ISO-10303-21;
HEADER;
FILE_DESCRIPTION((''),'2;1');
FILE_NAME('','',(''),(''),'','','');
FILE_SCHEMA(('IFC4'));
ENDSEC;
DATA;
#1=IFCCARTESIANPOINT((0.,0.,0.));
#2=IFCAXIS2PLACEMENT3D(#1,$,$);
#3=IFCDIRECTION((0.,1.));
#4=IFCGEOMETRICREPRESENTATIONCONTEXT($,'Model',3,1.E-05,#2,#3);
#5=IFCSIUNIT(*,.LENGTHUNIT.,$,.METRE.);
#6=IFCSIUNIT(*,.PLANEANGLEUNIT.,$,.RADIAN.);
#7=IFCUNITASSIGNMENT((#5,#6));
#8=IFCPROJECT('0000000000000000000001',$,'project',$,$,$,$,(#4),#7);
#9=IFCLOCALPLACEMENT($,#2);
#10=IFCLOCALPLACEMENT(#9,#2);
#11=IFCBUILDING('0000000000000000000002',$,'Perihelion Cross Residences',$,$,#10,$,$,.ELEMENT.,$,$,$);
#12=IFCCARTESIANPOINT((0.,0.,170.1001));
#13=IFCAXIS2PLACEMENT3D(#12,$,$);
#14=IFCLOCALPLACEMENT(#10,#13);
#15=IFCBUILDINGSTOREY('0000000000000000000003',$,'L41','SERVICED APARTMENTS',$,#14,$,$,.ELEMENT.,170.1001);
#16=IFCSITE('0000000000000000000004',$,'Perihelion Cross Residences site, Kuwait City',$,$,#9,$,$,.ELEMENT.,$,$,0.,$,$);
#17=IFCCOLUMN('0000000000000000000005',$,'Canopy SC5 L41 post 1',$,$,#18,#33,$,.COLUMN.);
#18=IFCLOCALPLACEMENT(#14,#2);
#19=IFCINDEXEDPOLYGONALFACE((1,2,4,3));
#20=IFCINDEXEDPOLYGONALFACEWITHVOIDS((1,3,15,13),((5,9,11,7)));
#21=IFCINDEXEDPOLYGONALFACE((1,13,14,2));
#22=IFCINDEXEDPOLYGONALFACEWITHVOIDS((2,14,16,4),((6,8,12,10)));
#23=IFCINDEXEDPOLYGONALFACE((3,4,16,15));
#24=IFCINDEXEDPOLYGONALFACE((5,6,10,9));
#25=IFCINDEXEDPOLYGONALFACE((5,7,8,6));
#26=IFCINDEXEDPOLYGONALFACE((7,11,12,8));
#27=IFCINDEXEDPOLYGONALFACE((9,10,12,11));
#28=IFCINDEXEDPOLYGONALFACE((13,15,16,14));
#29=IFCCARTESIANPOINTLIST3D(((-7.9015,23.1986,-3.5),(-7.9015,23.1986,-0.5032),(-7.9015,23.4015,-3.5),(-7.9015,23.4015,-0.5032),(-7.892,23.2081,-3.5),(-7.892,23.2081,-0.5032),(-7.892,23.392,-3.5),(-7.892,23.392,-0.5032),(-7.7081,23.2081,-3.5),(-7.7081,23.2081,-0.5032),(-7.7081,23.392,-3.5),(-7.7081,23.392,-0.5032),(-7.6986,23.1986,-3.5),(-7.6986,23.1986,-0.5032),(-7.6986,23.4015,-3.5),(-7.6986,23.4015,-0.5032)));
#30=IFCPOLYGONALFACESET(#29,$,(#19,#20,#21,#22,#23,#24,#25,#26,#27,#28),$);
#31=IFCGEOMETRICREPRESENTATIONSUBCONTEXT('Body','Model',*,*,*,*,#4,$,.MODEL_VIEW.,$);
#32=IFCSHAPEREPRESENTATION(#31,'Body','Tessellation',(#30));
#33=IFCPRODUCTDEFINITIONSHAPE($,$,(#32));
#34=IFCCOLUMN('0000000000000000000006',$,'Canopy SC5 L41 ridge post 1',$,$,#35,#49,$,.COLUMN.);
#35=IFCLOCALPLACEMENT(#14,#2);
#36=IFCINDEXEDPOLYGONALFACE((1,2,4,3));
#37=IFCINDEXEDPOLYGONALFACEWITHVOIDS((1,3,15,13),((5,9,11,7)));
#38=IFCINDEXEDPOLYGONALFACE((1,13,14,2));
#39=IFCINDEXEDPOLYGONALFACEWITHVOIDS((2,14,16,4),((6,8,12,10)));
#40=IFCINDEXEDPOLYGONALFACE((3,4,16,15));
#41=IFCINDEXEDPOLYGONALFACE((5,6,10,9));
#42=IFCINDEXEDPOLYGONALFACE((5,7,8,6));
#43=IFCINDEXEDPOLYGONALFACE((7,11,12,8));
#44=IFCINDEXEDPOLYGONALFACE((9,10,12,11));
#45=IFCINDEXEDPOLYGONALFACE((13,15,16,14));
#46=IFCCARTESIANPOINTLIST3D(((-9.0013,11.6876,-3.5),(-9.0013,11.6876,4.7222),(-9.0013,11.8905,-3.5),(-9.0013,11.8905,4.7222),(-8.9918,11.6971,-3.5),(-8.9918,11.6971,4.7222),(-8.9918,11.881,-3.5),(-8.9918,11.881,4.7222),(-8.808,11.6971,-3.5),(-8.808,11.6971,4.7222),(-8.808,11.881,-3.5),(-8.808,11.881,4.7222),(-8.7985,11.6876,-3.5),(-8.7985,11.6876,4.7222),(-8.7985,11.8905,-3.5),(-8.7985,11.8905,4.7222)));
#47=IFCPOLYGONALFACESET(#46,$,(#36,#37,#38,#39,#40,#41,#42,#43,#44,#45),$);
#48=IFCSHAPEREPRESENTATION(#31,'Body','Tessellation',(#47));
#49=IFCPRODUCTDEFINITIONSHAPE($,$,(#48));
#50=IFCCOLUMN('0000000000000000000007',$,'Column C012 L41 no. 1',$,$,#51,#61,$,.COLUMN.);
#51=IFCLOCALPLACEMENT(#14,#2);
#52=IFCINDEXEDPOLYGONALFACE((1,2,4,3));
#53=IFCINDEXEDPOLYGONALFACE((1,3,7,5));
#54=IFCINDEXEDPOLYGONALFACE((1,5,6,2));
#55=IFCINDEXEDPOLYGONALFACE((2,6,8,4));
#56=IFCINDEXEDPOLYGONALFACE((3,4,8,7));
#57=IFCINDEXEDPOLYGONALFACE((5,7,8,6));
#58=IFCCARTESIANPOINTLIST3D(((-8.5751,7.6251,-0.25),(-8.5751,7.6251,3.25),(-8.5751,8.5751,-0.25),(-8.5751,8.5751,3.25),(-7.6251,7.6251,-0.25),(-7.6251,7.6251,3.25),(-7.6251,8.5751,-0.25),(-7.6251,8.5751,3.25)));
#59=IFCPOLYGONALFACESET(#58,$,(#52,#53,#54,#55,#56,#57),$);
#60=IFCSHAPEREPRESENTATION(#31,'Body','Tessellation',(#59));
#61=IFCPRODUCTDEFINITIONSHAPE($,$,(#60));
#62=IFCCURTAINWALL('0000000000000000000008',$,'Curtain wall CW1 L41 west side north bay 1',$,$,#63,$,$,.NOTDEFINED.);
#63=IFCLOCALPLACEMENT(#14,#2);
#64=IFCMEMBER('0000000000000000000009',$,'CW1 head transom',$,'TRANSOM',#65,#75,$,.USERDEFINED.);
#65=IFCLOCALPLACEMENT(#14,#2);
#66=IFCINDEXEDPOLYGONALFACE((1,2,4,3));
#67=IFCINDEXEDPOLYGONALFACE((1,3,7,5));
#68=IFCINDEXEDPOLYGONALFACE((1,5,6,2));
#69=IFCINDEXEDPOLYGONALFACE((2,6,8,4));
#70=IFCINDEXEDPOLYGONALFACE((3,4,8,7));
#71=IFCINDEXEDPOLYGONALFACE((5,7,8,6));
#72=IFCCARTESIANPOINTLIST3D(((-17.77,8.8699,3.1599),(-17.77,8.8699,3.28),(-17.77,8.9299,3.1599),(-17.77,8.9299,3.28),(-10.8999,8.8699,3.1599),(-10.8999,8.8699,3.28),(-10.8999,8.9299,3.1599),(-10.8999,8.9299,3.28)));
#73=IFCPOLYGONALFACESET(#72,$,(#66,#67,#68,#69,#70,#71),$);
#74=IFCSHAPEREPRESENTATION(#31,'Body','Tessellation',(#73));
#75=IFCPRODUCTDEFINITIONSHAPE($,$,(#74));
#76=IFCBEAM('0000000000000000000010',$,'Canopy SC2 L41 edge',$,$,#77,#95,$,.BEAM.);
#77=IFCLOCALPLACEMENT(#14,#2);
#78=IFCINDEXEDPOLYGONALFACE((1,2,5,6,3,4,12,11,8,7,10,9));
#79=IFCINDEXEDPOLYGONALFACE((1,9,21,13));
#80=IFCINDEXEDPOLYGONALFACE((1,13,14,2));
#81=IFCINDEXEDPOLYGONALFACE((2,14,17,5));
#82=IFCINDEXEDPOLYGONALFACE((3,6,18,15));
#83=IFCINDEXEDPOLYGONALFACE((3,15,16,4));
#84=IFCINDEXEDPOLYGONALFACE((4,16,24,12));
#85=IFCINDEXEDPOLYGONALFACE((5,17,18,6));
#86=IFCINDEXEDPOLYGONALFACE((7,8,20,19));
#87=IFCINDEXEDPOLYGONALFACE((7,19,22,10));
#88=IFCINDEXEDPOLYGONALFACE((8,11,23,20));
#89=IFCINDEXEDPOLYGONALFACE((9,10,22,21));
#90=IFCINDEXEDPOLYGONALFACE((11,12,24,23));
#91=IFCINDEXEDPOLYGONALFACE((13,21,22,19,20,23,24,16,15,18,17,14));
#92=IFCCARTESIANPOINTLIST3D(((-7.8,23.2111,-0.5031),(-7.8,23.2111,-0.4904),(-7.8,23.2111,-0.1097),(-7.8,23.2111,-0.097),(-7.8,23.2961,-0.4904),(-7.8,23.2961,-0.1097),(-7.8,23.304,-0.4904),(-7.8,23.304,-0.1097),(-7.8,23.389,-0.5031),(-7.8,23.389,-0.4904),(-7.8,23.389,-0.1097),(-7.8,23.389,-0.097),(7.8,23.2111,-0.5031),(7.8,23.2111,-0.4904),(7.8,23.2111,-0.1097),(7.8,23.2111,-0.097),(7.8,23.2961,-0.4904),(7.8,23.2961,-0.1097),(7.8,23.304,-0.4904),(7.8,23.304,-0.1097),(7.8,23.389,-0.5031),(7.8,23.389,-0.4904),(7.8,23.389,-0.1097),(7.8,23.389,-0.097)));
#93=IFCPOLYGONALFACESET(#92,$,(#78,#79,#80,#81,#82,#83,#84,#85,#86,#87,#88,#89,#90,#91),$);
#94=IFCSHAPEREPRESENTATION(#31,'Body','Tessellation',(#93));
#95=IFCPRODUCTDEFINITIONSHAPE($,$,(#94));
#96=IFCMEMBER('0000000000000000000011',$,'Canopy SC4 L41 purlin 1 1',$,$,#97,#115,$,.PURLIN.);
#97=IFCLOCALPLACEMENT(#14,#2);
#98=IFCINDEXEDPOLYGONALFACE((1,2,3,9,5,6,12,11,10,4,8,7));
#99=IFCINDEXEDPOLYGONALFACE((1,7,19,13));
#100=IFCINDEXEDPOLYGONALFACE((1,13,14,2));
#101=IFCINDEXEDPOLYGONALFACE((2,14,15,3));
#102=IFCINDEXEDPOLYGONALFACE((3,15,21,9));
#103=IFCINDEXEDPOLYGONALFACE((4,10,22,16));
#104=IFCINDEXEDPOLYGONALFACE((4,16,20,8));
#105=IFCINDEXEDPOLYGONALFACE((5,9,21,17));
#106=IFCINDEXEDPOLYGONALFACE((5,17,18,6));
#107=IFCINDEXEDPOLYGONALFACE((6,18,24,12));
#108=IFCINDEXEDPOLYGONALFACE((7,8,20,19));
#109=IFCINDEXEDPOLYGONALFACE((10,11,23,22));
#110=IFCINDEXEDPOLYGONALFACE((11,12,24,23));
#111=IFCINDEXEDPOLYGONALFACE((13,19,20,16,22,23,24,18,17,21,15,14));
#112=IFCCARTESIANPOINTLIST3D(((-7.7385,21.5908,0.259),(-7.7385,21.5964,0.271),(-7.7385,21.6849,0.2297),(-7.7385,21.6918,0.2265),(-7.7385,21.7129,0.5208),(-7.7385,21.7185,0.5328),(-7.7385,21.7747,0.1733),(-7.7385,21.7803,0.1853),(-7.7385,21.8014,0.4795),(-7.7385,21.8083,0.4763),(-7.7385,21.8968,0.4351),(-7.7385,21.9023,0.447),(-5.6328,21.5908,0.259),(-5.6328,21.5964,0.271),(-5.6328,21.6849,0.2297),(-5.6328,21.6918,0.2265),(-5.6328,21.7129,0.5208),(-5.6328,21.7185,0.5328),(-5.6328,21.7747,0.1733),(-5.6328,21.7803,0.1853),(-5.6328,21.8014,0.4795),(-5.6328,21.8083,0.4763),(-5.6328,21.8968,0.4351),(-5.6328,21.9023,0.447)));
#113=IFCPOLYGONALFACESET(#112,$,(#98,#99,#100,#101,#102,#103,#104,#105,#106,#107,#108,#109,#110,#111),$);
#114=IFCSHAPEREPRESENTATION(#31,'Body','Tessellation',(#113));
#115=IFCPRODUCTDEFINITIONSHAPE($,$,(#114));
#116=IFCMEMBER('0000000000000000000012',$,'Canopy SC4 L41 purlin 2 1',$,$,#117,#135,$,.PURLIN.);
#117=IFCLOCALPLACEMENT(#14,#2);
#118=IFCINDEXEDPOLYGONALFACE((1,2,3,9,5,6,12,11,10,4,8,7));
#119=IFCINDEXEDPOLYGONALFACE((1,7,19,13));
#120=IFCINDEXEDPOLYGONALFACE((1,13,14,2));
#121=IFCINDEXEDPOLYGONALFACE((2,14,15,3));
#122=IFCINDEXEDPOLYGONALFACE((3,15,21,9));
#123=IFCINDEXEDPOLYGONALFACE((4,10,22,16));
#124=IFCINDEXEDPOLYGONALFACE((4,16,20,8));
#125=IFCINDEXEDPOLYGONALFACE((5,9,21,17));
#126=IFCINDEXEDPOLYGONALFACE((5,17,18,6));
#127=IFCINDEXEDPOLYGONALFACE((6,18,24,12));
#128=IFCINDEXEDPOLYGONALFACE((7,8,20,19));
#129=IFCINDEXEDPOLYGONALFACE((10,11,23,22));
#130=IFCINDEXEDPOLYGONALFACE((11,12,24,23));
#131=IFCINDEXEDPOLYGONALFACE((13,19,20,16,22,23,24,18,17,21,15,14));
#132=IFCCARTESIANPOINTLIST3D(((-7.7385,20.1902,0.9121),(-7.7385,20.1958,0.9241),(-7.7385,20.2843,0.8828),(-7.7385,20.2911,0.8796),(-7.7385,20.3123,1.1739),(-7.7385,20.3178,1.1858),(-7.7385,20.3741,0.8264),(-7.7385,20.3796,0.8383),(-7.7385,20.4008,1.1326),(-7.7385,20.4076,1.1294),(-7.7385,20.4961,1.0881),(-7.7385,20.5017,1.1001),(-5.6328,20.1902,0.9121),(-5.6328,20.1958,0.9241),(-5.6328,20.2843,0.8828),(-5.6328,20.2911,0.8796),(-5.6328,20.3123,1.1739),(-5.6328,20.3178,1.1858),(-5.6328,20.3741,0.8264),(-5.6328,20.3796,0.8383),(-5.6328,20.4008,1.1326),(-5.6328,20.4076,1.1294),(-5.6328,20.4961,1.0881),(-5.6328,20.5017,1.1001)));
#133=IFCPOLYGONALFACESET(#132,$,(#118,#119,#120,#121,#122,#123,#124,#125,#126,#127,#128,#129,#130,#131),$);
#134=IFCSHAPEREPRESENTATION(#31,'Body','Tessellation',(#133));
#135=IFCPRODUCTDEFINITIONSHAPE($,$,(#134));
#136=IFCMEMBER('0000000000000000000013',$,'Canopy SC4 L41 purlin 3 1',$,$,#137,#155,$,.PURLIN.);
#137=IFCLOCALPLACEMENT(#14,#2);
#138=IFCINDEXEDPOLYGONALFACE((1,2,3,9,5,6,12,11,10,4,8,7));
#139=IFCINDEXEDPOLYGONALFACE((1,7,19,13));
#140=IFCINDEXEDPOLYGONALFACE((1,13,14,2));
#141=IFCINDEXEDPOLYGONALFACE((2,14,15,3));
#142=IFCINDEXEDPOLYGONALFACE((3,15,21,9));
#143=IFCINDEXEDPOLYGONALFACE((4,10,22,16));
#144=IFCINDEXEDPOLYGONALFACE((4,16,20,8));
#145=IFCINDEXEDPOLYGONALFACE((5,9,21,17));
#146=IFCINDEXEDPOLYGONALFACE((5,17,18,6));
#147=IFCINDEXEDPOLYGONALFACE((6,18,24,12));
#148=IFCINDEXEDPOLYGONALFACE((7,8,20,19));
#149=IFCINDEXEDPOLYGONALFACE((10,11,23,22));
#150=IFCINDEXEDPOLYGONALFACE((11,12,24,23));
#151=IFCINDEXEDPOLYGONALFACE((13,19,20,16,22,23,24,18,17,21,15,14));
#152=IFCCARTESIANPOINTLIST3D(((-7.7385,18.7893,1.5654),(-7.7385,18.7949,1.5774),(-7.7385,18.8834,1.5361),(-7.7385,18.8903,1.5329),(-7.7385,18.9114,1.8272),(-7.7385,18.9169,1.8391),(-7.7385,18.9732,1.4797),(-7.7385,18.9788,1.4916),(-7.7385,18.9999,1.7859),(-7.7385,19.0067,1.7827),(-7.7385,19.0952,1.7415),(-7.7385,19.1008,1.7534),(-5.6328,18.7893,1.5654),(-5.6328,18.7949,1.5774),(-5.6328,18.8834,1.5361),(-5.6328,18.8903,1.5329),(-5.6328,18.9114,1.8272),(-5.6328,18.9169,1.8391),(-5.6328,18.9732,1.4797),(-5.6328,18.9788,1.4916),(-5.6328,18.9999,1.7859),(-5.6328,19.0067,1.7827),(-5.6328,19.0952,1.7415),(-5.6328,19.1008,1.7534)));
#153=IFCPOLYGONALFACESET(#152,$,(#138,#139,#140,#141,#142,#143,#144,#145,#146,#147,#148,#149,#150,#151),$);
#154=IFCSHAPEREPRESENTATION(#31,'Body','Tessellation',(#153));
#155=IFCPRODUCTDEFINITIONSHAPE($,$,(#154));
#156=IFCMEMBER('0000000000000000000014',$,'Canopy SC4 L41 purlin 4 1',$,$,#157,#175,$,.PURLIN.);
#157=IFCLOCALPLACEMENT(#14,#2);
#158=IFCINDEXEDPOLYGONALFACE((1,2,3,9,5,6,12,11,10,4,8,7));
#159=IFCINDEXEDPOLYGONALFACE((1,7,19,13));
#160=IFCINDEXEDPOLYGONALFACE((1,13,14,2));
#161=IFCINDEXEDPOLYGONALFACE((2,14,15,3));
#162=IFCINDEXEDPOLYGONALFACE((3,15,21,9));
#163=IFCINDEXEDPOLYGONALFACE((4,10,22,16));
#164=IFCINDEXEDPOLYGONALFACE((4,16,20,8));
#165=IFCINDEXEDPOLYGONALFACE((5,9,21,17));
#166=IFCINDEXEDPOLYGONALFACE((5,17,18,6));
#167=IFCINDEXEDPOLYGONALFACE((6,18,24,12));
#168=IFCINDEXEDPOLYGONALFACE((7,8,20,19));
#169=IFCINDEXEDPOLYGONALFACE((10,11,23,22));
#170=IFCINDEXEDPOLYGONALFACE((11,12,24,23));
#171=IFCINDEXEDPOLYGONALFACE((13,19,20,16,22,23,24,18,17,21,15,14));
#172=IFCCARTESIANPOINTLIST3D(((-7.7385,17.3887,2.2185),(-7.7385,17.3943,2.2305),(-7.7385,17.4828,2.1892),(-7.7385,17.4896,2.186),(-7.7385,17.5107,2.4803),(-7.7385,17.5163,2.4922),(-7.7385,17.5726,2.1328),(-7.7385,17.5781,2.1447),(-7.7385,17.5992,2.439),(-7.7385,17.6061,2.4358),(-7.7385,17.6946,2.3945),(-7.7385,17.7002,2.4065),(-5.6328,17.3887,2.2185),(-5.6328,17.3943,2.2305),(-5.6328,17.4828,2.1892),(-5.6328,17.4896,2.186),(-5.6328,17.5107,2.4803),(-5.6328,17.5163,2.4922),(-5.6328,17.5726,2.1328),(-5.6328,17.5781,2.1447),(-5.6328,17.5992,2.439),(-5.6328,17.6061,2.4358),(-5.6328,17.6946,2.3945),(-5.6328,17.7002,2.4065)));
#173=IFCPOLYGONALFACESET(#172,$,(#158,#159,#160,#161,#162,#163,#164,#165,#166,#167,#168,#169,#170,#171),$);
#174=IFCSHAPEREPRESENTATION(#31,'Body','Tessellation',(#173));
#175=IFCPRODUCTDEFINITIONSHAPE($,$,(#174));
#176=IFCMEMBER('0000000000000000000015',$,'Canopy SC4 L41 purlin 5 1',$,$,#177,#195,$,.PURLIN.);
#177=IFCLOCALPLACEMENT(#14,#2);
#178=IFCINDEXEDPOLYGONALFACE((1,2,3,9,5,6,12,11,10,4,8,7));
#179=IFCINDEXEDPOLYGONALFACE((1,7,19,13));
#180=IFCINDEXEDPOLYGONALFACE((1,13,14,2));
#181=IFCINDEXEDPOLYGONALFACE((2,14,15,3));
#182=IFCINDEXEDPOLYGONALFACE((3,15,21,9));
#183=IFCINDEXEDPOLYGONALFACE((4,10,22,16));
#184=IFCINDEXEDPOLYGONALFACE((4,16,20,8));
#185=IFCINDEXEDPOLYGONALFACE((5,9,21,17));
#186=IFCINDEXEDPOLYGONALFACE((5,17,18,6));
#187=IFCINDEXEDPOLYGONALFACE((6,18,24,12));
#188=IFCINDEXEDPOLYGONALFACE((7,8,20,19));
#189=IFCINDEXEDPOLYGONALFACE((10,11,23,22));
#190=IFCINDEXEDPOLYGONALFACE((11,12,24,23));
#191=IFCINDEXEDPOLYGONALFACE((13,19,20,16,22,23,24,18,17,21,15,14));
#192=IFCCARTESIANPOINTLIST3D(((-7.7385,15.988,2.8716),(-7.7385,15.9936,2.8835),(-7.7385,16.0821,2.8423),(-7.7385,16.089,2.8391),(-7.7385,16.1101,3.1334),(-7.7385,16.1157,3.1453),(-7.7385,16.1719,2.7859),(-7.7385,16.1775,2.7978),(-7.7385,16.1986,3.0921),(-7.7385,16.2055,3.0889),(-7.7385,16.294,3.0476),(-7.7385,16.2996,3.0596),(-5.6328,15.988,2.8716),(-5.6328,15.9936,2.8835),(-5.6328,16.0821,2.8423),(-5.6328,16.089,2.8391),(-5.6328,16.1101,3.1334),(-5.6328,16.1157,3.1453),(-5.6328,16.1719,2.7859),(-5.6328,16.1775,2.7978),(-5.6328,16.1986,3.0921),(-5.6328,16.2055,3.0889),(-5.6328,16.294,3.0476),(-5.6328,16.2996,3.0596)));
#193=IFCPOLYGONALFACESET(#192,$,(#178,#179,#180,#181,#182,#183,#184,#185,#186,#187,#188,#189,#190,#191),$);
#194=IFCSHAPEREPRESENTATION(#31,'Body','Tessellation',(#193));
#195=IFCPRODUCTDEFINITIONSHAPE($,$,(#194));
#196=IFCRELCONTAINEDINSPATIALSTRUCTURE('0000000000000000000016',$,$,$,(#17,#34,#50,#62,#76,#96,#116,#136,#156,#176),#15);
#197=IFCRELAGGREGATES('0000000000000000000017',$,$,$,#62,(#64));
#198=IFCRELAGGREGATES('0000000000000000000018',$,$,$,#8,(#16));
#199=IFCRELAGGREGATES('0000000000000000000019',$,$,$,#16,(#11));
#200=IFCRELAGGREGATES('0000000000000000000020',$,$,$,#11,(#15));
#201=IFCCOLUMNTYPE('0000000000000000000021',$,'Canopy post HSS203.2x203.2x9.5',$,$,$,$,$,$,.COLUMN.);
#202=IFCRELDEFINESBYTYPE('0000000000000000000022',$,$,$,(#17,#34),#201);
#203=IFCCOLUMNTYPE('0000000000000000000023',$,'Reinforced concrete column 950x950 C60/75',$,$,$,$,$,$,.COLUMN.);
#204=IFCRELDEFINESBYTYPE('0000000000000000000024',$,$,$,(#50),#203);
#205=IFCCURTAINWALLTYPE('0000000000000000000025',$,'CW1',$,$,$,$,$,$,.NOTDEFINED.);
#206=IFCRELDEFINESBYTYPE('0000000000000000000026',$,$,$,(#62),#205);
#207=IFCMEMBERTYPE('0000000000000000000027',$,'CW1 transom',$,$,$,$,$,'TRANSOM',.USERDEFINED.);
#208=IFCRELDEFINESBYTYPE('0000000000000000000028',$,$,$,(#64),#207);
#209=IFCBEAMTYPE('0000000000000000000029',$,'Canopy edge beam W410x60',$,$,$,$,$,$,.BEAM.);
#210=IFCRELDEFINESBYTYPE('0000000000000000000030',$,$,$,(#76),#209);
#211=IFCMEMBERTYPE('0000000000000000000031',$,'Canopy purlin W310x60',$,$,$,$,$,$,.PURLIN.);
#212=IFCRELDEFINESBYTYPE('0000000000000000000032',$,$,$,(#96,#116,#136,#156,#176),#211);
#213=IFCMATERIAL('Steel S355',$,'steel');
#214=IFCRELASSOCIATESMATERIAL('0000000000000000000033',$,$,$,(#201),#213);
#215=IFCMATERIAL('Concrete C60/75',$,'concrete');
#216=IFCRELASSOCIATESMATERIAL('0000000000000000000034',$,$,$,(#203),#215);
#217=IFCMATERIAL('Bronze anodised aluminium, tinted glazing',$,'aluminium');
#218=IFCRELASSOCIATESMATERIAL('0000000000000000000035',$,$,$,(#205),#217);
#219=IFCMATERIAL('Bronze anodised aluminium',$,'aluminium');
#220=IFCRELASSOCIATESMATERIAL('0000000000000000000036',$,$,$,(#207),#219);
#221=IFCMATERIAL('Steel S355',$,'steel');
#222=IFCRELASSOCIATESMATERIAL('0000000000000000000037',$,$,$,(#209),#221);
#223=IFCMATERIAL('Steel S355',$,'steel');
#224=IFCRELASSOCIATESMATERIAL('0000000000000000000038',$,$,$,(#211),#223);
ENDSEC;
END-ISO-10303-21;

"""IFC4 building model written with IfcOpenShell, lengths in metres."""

from ifc_helpers import new_model, si_unit, direction, frame, origin, origin_2d, place, context, subcontext, project, spatial, rectangle, hollow_rectangle, i_section, extrude, material, material_profile, profile_set, type_object, element, aggregate, save


model = new_model("IFC4")

# Units and contexts
model_context = context("Model", 3, precision=1e-05, world=origin(), true_north=direction((0.0, 1.0)))
body_context = subcontext(model_context, "Body", "Model", "MODEL_VIEW")
ifc_project = project(units=[si_unit("LENGTHUNIT", "METRE"), si_unit("PLANEANGLEUNIT", "RADIAN")], contexts=[model_context])

# Site, building, storey
site_placement = place(None, origin())
site = spatial("IfcSite", under=ifc_project, at=site_placement, Name="Perihelion Cross Residences site, Kuwait City", CompositionType="ELEMENT", RefElevation=0.0)
building_placement = place(site_placement, origin())
building = spatial("IfcBuilding", under=site, at=building_placement, Name="Perihelion Cross Residences", CompositionType="ELEMENT")
storey_placement = place(building_placement, frame((0.0, 0.0, 170.1001)))
storey = spatial("IfcBuildingStorey", under=building, at=storey_placement, Name="L41", Description="SERVICED APARTMENTS", CompositionType="ELEMENT", Elevation=170.1001)

# Columns
ifc_material_1 = material(Name="Steel S355", Category="steel")
ifc_material_profile_1 = material_profile(ifc_material_1, hollow_rectangle(XDim=0.2029, YDim=0.2029, WallThickness=0.0095, at=origin_2d()), Name="HSS203.2x203.2x9.5")
ifc_profile_set_1 = profile_set([ifc_material_profile_1], Name="Steel S355")
column_type_1 = type_object("IfcColumnType", Name="Canopy post HSS203.2x203.2x9.5", PredefinedType="COLUMN", material=ifc_profile_set_1)
column_1_placement = place(storey_placement, frame((-7.8, 23.3, -3.5), z_axis=(0.0, 0.0, 1.0), x_axis=(1.0, 0.0, 0.0)))
element("IfcColumn", 1, at=column_1_placement, inside=storey, type_object=column_type_1, Name="Canopy SC5 L41 post 1", PredefinedType="COLUMN", context=body_context, shape_type="SweptSolid", body=[
    extrude(hollow_rectangle(XDim=0.2029, YDim=0.2029, WallThickness=0.0095, at=origin_2d()), origin(), (0.0, 0.0, 1.0), 2.9968),
])
column_2_placement = place(storey_placement, frame((-8.8999, 11.7891, -3.5), z_axis=(0.0, 0.0, 1.0), x_axis=(1.0, 0.0, 0.0)))
element("IfcColumn", 2, at=column_2_placement, inside=storey, type_object=column_type_1, Name="Canopy SC5 L41 ridge post 1", PredefinedType="COLUMN", context=body_context, shape_type="SweptSolid", body=[
    extrude(hollow_rectangle(XDim=0.2029, YDim=0.2029, WallThickness=0.0095, at=origin_2d()), origin(), (0.0, 0.0, 1.0), 8.2222),
])
ifc_material_2 = material(Name="Concrete C60/75", Category="concrete")
ifc_material_profile_2 = material_profile(ifc_material_2, rectangle(XDim=0.95, YDim=0.95, at=origin_2d()), Name="RC 950x950")
ifc_profile_set_2 = profile_set([ifc_material_profile_2], Name="Concrete C60/75")
column_type_2 = type_object("IfcColumnType", Name="Reinforced concrete column 950x950 C60/75", PredefinedType="COLUMN", material=ifc_profile_set_2)
column_3_placement = place(storey_placement, frame((-8.1001, 8.1001, -0.25), z_axis=(0.0, 0.0, 1.0), x_axis=(1.0, 0.0, 0.0)))
element("IfcColumn", 3, at=column_3_placement, inside=storey, type_object=column_type_2, Name="Column C012 L41 no. 1", PredefinedType="COLUMN", context=body_context, shape_type="SweptSolid", body=[
    extrude(rectangle(XDim=0.95, YDim=0.95, at=origin_2d()), origin(), (0.0, 0.0, 1.0), 3.5),
])

# Curtain wall, member
ifc_material_3 = material(Name="Bronze anodised aluminium, tinted glazing", Category="aluminium")
curtain_wall_type = type_object("IfcCurtainWallType", Name="CW1", PredefinedType="NOTDEFINED", material=ifc_material_3)
curtain_wall_placement = place(storey_placement, origin())
curtain_wall = element("IfcCurtainWall", 4, at=curtain_wall_placement, inside=storey, type_object=curtain_wall_type, Name="Curtain wall CW1 L41 west side north bay 1", PredefinedType="NOTDEFINED")
ifc_material_4 = material(Name="Bronze anodised aluminium", Category="aluminium")
ifc_material_profile_3 = material_profile(ifc_material_4, rectangle(XDim=0.0601, YDim=0.1201, at=origin_2d()), Name="CW1 transom")
ifc_profile_set_3 = profile_set([ifc_material_profile_3], Name="Bronze anodised aluminium")
member_type_1 = type_object("IfcMemberType", Name="CW1 transom", ElementType="TRANSOM", PredefinedType="USERDEFINED", material=ifc_profile_set_3)
member_placement = place(storey_placement, frame((-10.8999, 8.8999, 3.22), z_axis=(-1.0, 0.0, 0.0), x_axis=(0.0, -1.0, 0.0)))
member = element("IfcMember", 5, at=member_placement, type_object=member_type_1, Name="CW1 head transom", ObjectType="TRANSOM", PredefinedType="USERDEFINED", context=body_context, shape_type="SweptSolid", body=[
    extrude(rectangle(XDim=0.0601, YDim=0.1201, at=origin_2d()), origin(), (0.0, 0.0, 1.0), 6.8701),
])

# Beam
ifc_material_5 = material(Name="Steel S355", Category="steel")
ifc_material_profile_4 = material_profile(ifc_material_5, i_section(OverallWidth=0.178, OverallDepth=0.406, WebThickness=0.0078, FlangeThickness=0.0127, at=origin_2d()), Name="W410x60")
ifc_profile_set_4 = profile_set([ifc_material_profile_4], Name="Steel S355")
beam_type_1 = type_object("IfcBeamType", Name="Canopy edge beam W410x60", PredefinedType="BEAM", material=ifc_profile_set_4)
beam_1_placement = place(storey_placement, frame((-7.8, 23.3, -0.3), z_axis=(1.0, 0.0, 0.0), x_axis=(0.0, 1.0, 0.0)))
element("IfcBeam", 6, at=beam_1_placement, inside=storey, type_object=beam_type_1, Name="Canopy SC2 L41 edge", PredefinedType="BEAM", context=body_context, shape_type="SweptSolid", body=[
    extrude(i_section(OverallWidth=0.178, OverallDepth=0.406, WebThickness=0.0078, FlangeThickness=0.0127, at=origin_2d()), origin(), (0.0, 0.0, 1.0), 15.6001),
])

# Members
ifc_material_6 = material(Name="Steel S355", Category="steel")
ifc_material_profile_5 = material_profile(ifc_material_6, i_section(OverallWidth=0.2029, OverallDepth=0.302, WebThickness=0.0076, FlangeThickness=0.0132, at=origin_2d()), Name="W310x60")
ifc_profile_set_5 = profile_set([ifc_material_profile_5], Name="Steel S355")
member_type_2 = type_object("IfcMemberType", Name="Canopy purlin W310x60", PredefinedType="PURLIN", material=ifc_profile_set_5)
for number, where, z_axis, x_axis, name in (
    (7, (-7.7385, 21.7466, 0.353), (1.0, 0.0, 0.0), (0.0, 0.906308, -0.422618), "Canopy SC4 L41 purlin 1 1"),
    (8, (-7.7385, 20.3459, 1.0061), (1.0, 0.0, 0.0), (0.0, 0.906308, -0.422618), "Canopy SC4 L41 purlin 2 1"),
    (9, (-7.7385, 18.9451, 1.6594), (1.0, 0.0, 0.0), (0.0, 0.906308, -0.422618), "Canopy SC4 L41 purlin 3 1"),
    (10, (-7.7385, 17.5444, 2.3125), (1.0, 0.0, 0.0), (0.0, 0.906308, -0.422618), "Canopy SC4 L41 purlin 4 1"),
    (11, (-7.7385, 16.1438, 2.9656), (1.0, 0.0, 0.0), (0.0, 0.906308, -0.422618), "Canopy SC4 L41 purlin 5 1"),
):
    element("IfcMember", number, at=place(storey_placement, frame(where, z_axis=z_axis, x_axis=x_axis)), inside=storey, type_object=member_type_2, Name=name, PredefinedType="PURLIN", context=body_context, shape_type="SweptSolid", body=[
        extrude(i_section(OverallWidth=0.2029, OverallDepth=0.302, WebThickness=0.0076, FlangeThickness=0.0132, at=origin_2d()), origin(), (0.0, 0.0, 1.0), 2.1057),
    ])

aggregate(curtain_wall, [member])

save(model, "model.ifc")
